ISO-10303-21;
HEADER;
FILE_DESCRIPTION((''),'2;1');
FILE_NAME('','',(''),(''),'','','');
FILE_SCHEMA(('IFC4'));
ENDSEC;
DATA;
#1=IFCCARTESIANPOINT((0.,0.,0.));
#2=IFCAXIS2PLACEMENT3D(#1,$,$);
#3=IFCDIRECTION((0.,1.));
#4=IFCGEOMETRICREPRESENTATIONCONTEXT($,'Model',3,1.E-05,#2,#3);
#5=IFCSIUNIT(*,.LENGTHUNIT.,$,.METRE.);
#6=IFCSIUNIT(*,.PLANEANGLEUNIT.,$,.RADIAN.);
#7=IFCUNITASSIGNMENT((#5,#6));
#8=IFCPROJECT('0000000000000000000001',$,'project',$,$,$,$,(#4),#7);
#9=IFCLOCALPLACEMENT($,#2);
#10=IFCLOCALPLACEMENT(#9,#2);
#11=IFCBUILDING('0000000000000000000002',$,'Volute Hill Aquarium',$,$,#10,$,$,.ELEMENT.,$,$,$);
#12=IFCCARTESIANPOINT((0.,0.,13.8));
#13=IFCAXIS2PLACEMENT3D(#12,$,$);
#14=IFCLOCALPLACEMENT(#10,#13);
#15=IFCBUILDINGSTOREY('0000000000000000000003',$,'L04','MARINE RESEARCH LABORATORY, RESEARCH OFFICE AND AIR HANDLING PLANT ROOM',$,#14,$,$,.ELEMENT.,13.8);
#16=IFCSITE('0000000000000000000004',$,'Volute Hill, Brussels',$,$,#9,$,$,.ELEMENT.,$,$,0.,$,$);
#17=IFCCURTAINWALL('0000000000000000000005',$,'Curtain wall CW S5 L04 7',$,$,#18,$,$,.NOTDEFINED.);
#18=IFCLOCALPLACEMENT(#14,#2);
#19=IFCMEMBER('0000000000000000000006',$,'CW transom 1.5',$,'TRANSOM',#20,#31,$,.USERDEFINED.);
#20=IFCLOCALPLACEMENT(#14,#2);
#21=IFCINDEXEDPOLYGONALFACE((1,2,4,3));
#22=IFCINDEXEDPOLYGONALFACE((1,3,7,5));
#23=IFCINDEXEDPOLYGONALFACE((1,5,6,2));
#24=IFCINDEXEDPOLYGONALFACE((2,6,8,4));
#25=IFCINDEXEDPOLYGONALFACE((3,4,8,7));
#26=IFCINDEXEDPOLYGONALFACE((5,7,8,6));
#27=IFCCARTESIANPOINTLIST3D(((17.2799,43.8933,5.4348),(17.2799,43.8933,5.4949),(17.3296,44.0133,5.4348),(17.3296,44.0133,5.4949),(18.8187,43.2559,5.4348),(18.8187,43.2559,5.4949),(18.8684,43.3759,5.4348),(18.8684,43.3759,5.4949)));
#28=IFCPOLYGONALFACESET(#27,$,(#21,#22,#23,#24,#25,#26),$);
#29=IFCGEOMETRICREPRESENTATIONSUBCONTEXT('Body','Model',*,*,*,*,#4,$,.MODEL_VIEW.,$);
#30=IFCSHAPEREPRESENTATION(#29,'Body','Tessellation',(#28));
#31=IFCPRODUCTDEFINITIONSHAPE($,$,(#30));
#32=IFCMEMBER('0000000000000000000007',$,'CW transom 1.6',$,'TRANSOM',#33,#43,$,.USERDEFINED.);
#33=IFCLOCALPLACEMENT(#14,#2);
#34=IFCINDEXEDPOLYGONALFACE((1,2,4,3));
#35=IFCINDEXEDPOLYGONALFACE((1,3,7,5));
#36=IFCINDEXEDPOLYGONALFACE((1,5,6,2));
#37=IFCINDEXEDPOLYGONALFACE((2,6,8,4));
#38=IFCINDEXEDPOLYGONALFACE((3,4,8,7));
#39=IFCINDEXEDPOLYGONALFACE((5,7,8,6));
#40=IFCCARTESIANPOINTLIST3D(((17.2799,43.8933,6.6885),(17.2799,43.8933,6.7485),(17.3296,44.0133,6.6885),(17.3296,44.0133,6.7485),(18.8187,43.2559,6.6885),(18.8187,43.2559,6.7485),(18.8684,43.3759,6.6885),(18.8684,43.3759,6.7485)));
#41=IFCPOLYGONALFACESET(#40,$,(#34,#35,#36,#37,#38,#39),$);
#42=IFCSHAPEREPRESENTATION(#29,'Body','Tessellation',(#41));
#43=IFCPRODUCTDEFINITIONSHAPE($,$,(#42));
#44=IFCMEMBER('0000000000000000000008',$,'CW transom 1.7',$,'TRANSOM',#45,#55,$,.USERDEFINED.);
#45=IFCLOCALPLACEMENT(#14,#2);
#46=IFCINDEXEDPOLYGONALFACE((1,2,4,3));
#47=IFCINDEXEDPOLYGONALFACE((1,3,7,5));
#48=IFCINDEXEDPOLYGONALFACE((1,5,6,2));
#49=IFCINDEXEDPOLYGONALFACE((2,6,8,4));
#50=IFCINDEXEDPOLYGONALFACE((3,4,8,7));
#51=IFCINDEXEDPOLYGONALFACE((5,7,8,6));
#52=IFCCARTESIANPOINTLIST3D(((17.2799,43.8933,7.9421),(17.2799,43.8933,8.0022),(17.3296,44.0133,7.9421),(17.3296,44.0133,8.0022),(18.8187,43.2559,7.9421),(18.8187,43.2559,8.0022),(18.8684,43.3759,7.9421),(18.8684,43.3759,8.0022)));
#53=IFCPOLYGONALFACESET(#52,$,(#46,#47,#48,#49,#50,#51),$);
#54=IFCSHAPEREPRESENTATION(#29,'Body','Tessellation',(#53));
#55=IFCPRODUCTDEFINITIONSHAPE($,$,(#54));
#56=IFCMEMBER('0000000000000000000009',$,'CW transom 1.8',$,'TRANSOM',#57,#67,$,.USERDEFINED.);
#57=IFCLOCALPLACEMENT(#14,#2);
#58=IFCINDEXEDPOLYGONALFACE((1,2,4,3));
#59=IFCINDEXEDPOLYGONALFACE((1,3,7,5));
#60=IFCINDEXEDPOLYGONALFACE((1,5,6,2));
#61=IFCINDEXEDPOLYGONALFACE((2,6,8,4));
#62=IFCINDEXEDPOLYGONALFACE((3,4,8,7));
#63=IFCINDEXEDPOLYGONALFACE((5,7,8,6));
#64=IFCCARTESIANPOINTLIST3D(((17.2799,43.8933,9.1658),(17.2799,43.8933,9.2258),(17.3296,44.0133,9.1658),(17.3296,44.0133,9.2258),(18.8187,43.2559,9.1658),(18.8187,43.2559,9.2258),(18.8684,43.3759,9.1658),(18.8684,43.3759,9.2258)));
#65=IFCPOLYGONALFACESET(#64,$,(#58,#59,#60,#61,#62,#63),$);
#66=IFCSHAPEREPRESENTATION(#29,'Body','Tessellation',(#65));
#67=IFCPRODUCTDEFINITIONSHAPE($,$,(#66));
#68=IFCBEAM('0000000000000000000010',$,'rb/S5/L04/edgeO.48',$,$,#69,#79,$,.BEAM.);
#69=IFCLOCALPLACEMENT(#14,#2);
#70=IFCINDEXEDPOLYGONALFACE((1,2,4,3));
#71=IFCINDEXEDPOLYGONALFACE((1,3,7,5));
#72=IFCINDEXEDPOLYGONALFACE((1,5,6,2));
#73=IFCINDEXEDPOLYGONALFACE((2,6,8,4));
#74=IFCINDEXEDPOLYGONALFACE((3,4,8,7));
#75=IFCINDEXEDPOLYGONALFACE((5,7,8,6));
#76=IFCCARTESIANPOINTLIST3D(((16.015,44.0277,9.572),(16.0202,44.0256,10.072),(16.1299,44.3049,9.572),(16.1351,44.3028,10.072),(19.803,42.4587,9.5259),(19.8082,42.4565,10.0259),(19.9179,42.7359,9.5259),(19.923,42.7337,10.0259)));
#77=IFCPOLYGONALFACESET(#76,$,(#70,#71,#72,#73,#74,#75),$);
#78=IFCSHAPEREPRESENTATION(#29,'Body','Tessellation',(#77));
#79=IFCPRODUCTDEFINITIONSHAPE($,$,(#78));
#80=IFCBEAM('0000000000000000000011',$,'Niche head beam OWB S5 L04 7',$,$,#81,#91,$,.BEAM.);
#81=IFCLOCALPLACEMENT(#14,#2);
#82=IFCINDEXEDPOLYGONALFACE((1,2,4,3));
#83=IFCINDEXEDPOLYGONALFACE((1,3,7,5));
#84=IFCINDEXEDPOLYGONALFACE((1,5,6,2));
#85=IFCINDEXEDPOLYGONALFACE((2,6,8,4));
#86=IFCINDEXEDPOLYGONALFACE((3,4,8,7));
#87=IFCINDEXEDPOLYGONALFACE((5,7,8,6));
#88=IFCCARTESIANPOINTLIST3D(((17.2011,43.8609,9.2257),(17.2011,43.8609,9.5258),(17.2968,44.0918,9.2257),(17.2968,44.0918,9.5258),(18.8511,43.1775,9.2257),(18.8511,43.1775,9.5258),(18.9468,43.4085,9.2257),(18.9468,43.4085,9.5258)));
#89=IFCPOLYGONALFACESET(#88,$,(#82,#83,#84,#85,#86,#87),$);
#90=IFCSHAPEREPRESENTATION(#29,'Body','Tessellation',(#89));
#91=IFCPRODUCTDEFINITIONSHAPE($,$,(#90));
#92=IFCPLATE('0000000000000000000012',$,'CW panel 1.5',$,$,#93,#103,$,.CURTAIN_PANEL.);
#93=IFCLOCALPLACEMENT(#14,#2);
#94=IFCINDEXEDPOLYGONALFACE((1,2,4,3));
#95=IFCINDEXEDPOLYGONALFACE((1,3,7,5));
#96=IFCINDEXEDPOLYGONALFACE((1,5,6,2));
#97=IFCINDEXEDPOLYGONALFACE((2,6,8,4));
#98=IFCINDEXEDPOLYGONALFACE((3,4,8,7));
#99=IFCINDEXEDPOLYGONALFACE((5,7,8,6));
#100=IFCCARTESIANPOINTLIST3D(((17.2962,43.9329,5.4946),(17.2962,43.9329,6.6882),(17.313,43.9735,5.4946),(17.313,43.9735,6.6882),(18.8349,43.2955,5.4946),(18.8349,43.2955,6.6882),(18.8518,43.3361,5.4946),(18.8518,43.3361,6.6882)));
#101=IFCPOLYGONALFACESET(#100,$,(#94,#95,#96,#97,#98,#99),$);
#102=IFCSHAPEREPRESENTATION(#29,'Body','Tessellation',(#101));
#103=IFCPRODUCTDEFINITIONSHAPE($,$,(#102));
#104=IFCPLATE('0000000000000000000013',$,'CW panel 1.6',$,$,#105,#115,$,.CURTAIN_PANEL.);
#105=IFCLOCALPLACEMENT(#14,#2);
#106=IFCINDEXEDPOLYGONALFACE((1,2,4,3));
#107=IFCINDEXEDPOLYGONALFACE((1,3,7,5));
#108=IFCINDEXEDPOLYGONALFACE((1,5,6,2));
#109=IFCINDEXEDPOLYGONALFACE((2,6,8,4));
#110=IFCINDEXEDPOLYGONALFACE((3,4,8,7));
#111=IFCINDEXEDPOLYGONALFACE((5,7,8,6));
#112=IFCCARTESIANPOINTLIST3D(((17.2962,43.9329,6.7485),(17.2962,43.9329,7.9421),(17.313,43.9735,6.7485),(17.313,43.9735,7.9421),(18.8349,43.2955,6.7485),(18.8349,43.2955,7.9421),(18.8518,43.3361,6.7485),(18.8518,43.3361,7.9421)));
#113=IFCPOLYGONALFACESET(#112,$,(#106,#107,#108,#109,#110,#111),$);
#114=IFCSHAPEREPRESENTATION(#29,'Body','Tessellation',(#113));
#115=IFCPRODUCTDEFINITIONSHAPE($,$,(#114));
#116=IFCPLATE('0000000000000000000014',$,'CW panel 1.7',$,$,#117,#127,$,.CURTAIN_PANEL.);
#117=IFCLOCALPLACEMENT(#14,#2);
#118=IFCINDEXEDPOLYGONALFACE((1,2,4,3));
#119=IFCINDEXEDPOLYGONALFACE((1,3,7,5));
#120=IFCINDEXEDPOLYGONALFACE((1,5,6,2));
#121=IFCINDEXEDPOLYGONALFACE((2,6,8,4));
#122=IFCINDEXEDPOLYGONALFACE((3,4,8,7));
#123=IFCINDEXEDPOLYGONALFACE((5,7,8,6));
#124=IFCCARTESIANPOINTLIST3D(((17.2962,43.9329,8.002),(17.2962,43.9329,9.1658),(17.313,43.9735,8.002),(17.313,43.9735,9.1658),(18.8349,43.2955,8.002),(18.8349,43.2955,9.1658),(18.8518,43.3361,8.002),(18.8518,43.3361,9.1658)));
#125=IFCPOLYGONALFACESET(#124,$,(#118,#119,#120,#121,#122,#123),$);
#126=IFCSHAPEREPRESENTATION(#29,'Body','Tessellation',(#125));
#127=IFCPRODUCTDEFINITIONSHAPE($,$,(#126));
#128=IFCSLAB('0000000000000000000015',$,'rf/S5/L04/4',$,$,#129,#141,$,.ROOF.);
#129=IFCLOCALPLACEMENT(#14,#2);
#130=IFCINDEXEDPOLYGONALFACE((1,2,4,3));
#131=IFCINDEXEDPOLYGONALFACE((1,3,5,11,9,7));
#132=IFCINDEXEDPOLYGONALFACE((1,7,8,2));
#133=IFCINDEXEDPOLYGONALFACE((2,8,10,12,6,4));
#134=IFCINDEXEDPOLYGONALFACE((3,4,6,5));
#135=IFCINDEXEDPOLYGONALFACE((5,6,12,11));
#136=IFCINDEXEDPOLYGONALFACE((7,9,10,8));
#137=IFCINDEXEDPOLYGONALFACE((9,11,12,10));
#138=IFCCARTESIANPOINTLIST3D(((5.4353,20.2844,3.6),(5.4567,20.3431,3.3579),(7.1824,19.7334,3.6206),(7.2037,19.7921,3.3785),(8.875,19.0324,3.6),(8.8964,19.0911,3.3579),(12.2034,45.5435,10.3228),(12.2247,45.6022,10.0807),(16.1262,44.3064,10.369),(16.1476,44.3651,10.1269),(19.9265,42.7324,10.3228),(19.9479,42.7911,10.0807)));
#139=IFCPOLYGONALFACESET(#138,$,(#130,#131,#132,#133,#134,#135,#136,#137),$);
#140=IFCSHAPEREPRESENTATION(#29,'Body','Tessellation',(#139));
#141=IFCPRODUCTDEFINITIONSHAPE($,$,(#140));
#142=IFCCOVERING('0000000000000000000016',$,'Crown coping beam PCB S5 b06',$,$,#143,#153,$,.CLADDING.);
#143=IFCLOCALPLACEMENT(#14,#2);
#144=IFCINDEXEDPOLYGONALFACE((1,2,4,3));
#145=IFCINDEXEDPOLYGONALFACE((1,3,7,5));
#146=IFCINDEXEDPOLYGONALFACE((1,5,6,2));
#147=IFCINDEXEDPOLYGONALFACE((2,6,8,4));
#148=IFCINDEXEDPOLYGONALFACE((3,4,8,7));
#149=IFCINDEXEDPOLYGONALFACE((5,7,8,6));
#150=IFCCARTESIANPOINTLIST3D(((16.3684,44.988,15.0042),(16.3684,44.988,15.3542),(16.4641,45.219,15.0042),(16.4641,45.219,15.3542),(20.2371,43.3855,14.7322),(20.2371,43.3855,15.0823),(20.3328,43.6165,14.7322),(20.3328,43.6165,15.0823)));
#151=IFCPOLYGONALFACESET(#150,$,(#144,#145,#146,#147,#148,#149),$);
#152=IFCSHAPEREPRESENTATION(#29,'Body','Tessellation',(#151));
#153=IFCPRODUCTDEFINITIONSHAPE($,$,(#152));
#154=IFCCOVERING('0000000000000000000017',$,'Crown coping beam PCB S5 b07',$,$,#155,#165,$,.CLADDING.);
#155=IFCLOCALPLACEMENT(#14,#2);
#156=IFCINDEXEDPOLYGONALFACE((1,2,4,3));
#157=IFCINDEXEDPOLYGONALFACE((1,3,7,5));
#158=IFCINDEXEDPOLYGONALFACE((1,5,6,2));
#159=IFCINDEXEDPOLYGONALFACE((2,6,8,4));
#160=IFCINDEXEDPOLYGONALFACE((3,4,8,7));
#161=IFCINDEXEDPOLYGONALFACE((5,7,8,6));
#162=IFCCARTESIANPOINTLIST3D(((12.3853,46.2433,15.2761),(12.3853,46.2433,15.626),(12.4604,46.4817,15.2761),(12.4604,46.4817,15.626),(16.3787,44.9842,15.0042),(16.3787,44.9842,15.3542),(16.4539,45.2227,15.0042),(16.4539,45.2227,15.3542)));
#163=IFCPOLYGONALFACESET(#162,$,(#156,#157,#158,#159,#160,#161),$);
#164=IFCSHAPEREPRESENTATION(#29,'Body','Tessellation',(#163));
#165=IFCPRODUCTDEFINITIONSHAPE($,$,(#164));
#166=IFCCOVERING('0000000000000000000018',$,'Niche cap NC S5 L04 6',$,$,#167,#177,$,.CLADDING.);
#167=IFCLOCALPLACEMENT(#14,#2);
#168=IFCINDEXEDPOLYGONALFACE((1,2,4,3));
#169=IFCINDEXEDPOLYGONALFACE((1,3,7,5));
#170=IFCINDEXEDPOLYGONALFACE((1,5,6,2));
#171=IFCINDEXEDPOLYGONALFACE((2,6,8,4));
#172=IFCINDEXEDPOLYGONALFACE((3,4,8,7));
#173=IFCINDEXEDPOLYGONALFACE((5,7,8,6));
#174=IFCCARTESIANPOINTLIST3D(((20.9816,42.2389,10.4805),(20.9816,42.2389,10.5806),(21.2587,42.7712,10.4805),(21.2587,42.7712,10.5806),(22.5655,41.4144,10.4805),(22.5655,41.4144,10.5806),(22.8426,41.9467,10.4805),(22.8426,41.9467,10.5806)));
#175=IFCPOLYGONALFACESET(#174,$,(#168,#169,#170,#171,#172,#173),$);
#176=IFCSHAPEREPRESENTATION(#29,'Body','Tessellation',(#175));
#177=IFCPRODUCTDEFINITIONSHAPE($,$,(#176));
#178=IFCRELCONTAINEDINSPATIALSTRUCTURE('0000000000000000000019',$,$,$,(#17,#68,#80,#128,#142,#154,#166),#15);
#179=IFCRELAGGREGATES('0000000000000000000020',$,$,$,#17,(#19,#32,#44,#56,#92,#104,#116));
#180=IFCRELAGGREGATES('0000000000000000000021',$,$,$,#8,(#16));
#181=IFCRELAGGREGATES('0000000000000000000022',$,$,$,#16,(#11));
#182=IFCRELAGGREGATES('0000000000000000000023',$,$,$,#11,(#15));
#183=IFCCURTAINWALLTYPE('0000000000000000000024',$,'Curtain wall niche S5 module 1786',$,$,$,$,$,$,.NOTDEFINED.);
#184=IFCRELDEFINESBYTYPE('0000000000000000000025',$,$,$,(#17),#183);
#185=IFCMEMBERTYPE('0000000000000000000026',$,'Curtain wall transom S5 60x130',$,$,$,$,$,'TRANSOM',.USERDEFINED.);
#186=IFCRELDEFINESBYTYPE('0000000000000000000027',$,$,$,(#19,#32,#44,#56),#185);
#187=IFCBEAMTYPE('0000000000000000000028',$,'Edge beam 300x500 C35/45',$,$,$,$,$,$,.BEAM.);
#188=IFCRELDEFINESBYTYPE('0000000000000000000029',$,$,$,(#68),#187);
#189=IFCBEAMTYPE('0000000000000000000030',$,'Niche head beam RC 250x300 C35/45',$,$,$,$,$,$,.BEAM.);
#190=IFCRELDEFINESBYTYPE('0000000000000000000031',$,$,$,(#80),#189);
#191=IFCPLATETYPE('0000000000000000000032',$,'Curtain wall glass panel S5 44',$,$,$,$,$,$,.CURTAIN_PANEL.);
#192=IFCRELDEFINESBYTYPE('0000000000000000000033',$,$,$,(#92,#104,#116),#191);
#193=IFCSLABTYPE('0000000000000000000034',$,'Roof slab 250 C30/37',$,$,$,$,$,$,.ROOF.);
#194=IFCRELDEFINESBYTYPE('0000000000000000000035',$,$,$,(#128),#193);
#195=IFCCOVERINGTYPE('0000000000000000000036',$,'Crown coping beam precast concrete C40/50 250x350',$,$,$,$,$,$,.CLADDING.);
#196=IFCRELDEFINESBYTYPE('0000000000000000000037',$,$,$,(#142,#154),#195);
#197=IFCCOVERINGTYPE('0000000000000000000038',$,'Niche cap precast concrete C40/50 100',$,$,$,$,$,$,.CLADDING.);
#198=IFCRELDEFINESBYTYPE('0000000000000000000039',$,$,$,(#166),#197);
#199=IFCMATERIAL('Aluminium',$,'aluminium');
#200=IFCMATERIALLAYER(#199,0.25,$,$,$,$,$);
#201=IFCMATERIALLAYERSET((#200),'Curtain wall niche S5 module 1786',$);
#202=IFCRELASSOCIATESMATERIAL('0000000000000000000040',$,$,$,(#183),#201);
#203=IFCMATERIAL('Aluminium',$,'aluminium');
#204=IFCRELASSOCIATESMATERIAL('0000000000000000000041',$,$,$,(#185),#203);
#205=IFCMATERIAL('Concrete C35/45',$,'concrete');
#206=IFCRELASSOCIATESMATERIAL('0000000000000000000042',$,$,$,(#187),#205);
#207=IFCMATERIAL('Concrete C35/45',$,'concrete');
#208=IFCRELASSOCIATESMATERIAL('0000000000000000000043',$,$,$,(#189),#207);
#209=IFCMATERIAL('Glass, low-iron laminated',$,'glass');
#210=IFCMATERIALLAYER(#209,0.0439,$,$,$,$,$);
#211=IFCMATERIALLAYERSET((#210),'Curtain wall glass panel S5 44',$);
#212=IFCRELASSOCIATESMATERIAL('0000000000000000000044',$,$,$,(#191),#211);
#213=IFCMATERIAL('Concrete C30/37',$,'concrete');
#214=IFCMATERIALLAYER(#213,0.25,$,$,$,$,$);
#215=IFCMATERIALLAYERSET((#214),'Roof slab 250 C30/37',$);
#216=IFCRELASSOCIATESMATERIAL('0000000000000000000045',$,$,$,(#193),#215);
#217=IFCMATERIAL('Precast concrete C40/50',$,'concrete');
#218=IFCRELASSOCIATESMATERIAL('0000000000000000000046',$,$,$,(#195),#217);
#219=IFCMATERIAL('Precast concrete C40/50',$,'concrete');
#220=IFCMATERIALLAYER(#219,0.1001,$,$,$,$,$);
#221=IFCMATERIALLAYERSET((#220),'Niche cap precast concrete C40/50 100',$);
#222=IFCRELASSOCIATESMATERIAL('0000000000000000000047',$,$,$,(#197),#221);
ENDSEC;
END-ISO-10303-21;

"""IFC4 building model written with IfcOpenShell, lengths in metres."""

from ifc_helpers import new_model, si_unit, direction, frame, origin, origin_2d, place, context, subcontext, project, spatial, polyline, rectangle, outline, extrude, material, layer, layer_set, material_profile, profile_set, type_object, element, aggregate, save


model = new_model("IFC4")

# Units and contexts
model_context = context("Model", 3, precision=1e-05, world=origin(), true_north=direction((0.0, 1.0)))
body_context = subcontext(model_context, "Body", "Model", "MODEL_VIEW")
ifc_project = project(units=[si_unit("LENGTHUNIT", "METRE"), si_unit("PLANEANGLEUNIT", "RADIAN")], contexts=[model_context])

# Site, building, storey
site_placement = place(None, origin())
site = spatial("IfcSite", under=ifc_project, at=site_placement, Name="Volute Hill, Brussels", CompositionType="ELEMENT", RefElevation=0.0)
building_placement = place(site_placement, origin())
building = spatial("IfcBuilding", under=site, at=building_placement, Name="Volute Hill Aquarium", CompositionType="ELEMENT")
storey_placement = place(building_placement, frame((0.0, 0.0, 13.8)))
storey = spatial("IfcBuildingStorey", under=building, at=storey_placement, Name="L04", Description="MARINE RESEARCH LABORATORY, RESEARCH OFFICE AND AIR HANDLING PLANT ROOM", CompositionType="ELEMENT", Elevation=13.8)

# Curtain wall, members
ifc_material_1 = material(Name="Aluminium", Category="aluminium")
ifc_layer_1 = layer(ifc_material_1, 0.25)
ifc_layer_set_1 = layer_set([ifc_layer_1], Name="Curtain wall niche S5 module 1786")
curtain_wall_type = type_object("IfcCurtainWallType", Name="Curtain wall niche S5 module 1786", PredefinedType="NOTDEFINED", material=ifc_layer_set_1)
curtain_wall_placement = place(storey_placement, origin())
curtain_wall = element("IfcCurtainWall", 1, at=curtain_wall_placement, inside=storey, type_object=curtain_wall_type, Name="Curtain wall CW S5 L04 7", PredefinedType="NOTDEFINED")
ifc_material_2 = material(Name="Aluminium", Category="aluminium")
ifc_material_profile_1 = material_profile(ifc_material_2, rectangle(XDim=0.1299, YDim=0.0601, at=origin_2d()), Name="Curtain wall transom S5 60x130")
ifc_profile_set_1 = profile_set([ifc_material_profile_1], Name="Aluminium")
member_type = type_object("IfcMemberType", Name="Curtain wall transom S5 60x130", ElementType="TRANSOM", PredefinedType="USERDEFINED", material=ifc_profile_set_1)
member_1_placement = place(storey_placement, frame((18.8435, 43.3159, 5.4648), z_axis=(-0.923869, 0.38271, 0.0), x_axis=(-0.38271, -0.923869, 0.0)))
member_1 = element("IfcMember", 2, at=member_1_placement, type_object=member_type, Name="CW transom 1.5", ObjectType="TRANSOM", PredefinedType="USERDEFINED", context=body_context, shape_type="SweptSolid", body=[
    extrude(rectangle(XDim=0.1299, YDim=0.0601, at=origin_2d()), origin(), (0.0, 0.0, 1.0), 1.6655),
])
member_2_placement = place(storey_placement, frame((18.8435, 43.3159, 6.7185), z_axis=(-0.923869, 0.38271, 0.0), x_axis=(-0.38271, -0.923869, 0.0)))
member_2 = element("IfcMember", 3, at=member_2_placement, type_object=member_type, Name="CW transom 1.6", ObjectType="TRANSOM", PredefinedType="USERDEFINED", context=body_context, shape_type="SweptSolid", body=[
    extrude(rectangle(XDim=0.1299, YDim=0.0601, at=origin_2d()), origin(), (0.0, 0.0, 1.0), 1.6655),
])
member_3_placement = place(storey_placement, frame((18.8435, 43.3159, 7.9722), z_axis=(-0.923869, 0.38271, 0.0), x_axis=(-0.38271, -0.923869, 0.0)))
member_3 = element("IfcMember", 4, at=member_3_placement, type_object=member_type, Name="CW transom 1.7", ObjectType="TRANSOM", PredefinedType="USERDEFINED", context=body_context, shape_type="SweptSolid", body=[
    extrude(rectangle(XDim=0.1299, YDim=0.0601, at=origin_2d()), origin(), (0.0, 0.0, 1.0), 1.6655),
])
member_4_placement = place(storey_placement, frame((18.8435, 43.3159, 9.1958), z_axis=(-0.923869, 0.38271, 0.0), x_axis=(-0.38271, -0.923869, 0.0)))
member_4 = element("IfcMember", 5, at=member_4_placement, type_object=member_type, Name="CW transom 1.8", ObjectType="TRANSOM", PredefinedType="USERDEFINED", context=body_context, shape_type="SweptSolid", body=[
    extrude(rectangle(XDim=0.1299, YDim=0.0601, at=origin_2d()), origin(), (0.0, 0.0, 1.0), 1.6655),
])

# Beams
ifc_material_3 = material(Name="Concrete C35/45", Category="concrete")
ifc_material_profile_2 = material_profile(ifc_material_3, rectangle(XDim=0.3, YDim=0.5, at=origin_2d()), Name="RC edge beam 300x500")
ifc_profile_set_2 = profile_set([ifc_material_profile_2], Name="Concrete C35/45")
beam_type_1 = type_object("IfcBeamType", Name="Edge beam 300x500 C35/45", PredefinedType="BEAM", material=ifc_profile_set_2)
beam_1_placement = place(storey_placement, frame((19.863, 42.5962, 9.7759), z_axis=(-0.92382, 0.382662, 0.011253), x_axis=(-0.382687, -0.923878, 0.0)))
element("IfcBeam", 6, at=beam_1_placement, inside=storey, type_object=beam_type_1, Name="rb/S5/L04/edgeO.48", PredefinedType="BEAM", context=body_context, shape_type="SweptSolid", body=[
    extrude(rectangle(XDim=0.3, YDim=0.5, at=origin_2d()), origin(), (0.0, 0.0, 1.0), 4.1003),
])
ifc_material_4 = material(Name="Concrete C35/45", Category="concrete")
ifc_material_profile_3 = material_profile(ifc_material_4, rectangle(XDim=0.25, YDim=0.3, at=origin_2d()), Name="RC beam 250x300")
ifc_profile_set_3 = profile_set([ifc_material_profile_3], Name="Concrete C35/45")
beam_type_2 = type_object("IfcBeamType", Name="Niche head beam RC 250x300 C35/45", PredefinedType="BEAM", material=ifc_profile_set_3)
beam_2_placement = place(storey_placement, frame((18.8989, 43.293, 9.3757), z_axis=(-0.923892, 0.382654, 0.0), x_axis=(-0.382654, -0.923892, 0.0)))
element("IfcBeam", 7, at=beam_2_placement, inside=storey, type_object=beam_type_2, Name="Niche head beam OWB S5 L04 7", PredefinedType="BEAM", context=body_context, shape_type="SweptSolid", body=[
    extrude(rectangle(XDim=0.25, YDim=0.3, at=origin_2d()), origin(), (0.0, 0.0, 1.0), 1.7859),
])

# Plates
ifc_material_5 = material(Name="Glass, low-iron laminated", Category="glass")
ifc_layer_2 = layer(ifc_material_5, 0.0439)
ifc_layer_set_2 = layer_set([ifc_layer_2], Name="Curtain wall glass panel S5 44")
plate_type = type_object("IfcPlateType", Name="Curtain wall glass panel S5 44", PredefinedType="CURTAIN_PANEL", material=ifc_layer_set_2)
plate_1_placement = place(storey_placement, frame((18.074, 43.6345, 5.4946), z_axis=(0.0, 0.0, 1.0), x_axis=(-0.923878, 0.382686, 0.0)))
plate_1 = element("IfcPlate", 8, at=plate_1_placement, type_object=plate_type, Name="CW panel 1.5", PredefinedType="CURTAIN_PANEL", context=body_context, shape_type="SweptSolid", body=[
    extrude(rectangle(XDim=1.6655, YDim=0.0439, at=origin_2d()), origin(), (0.0, 0.0, 1.0), 1.1936),
])
plate_2_placement = place(storey_placement, frame((18.074, 43.6345, 6.7485), z_axis=(0.0, 0.0, 1.0), x_axis=(-0.923878, 0.382686, 0.0)))
plate_2 = element("IfcPlate", 9, at=plate_2_placement, type_object=plate_type, Name="CW panel 1.6", PredefinedType="CURTAIN_PANEL", context=body_context, shape_type="SweptSolid", body=[
    extrude(rectangle(XDim=1.6655, YDim=0.0439, at=origin_2d()), origin(), (0.0, 0.0, 1.0), 1.1936),
])
plate_3_placement = place(storey_placement, frame((18.074, 43.6345, 8.002), z_axis=(0.0, 0.0, 1.0), x_axis=(-0.923878, 0.382686, 0.0)))
plate_3 = element("IfcPlate", 10, at=plate_3_placement, type_object=plate_type, Name="CW panel 1.7", PredefinedType="CURTAIN_PANEL", context=body_context, shape_type="SweptSolid", body=[
    extrude(rectangle(XDim=1.6655, YDim=0.0439, at=origin_2d()), origin(), (0.0, 0.0, 1.0), 1.1638),
])
aggregate(curtain_wall, [member_1, member_2, member_3, member_4, plate_1, plate_2, plate_3])

# Slab
ifc_material_6 = material(Name="Concrete C30/37", Category="concrete")
ifc_layer_3 = layer(ifc_material_6, 0.25)
ifc_layer_set_3 = layer_set([ifc_layer_3], Name="Roof slab 250 C30/37")
slab_type = type_object("IfcSlabType", Name="Roof slab 250 C30/37", PredefinedType="ROOF", material=ifc_layer_set_3)
slab_placement = place(storey_placement, frame((19.9265, 42.7324, 10.3228), z_axis=(-0.085465, -0.23481, 0.968277), x_axis=(-0.923837, 0.38262, 0.011244)))
element("IfcSlab", 11, at=slab_placement, inside=storey, type_object=slab_type, Name="rf/S5/L04/4", PredefinedType="ROOF", context=body_context, shape_type="SweptSolid", body=[
    extrude(outline(polyline([(0.0, 0.0), (4.1136, 0.0), (8.2105, 0.3698), (4.7229, 27.1441), (2.8983, 26.9794), (1.0661, 26.9793), (0.0, 0.0)])), origin(), (0.0, 0.0, -1.0), 0.25),
])

# Coverings
ifc_material_7 = material(Name="Precast concrete C40/50", Category="concrete")
covering_type_1 = type_object("IfcCoveringType", Name="Crown coping beam precast concrete C40/50 250x350", PredefinedType="CLADDING", material=ifc_material_7)
covering_1_placement = place(storey_placement, frame((20.3328, 43.6165, 14.7322), z_axis=(0.382702, 0.923872, 0.0), x_axis=(-0.921929, 0.381897, 0.064813)))
element("IfcCovering", 12, at=covering_1_placement, inside=storey, type_object=covering_type_1, Name="Crown coping beam PCB S5 b06", PredefinedType="CLADDING", context=body_context, shape_type="SweptSolid", body=[
    extrude(outline(polyline([(0.0, 0.0), (4.1963, 0.0), (4.2189, 0.3494), (0.0227, 0.3494), (0.0, 0.0)])), origin(), (0.0, 0.0, -1.0), 0.25),
])
covering_2_placement = place(storey_placement, frame((16.4539, 45.2227, 15.0042), z_axis=(0.300688, 0.953723, 0.0), x_axis=(-0.951717, 0.300055, 0.064817)))
element("IfcCovering", 13, at=covering_2_placement, inside=storey, type_object=covering_type_1, Name="Crown coping beam PCB S5 b07", PredefinedType="CLADDING", context=body_context, shape_type="SweptSolid", body=[
    extrude(outline(polyline([(0.0, 0.0), (4.196, 0.0), (4.2187, 0.3491), (0.0227, 0.3494), (0.0, 0.0)])), origin(), (0.0, 0.0, -1.0), 0.25),
])
ifc_material_8 = material(Name="Precast concrete C40/50", Category="concrete")
ifc_layer_4 = layer(ifc_material_8, 0.1001)
ifc_layer_set_4 = layer_set([ifc_layer_4], Name="Niche cap precast concrete C40/50 100")
covering_type_2 = type_object("IfcCoveringType", Name="Niche cap precast concrete C40/50 100", PredefinedType="CLADDING", material=ifc_layer_set_4)
for number, where, z_axis, x_axis, name in (
    (14, (21.9121, 42.0928, 10.4805), (0.0, 0.0, 1.0), (-0.887007, 0.461757, 0.0), "Niche cap NC S5 L04 6"),
):
    element("IfcCovering", number, at=place(storey_placement, frame(where, z_axis=z_axis, x_axis=x_axis)), inside=storey, type_object=covering_type_2, Name=name, PredefinedType="CLADDING", context=body_context, shape_type="SweptSolid", body=[
        extrude(rectangle(XDim=1.7856, YDim=0.6001, at=origin_2d()), origin(), (0.0, 0.0, 1.0), 0.1001),
    ])

save(model, "model.ifc")
